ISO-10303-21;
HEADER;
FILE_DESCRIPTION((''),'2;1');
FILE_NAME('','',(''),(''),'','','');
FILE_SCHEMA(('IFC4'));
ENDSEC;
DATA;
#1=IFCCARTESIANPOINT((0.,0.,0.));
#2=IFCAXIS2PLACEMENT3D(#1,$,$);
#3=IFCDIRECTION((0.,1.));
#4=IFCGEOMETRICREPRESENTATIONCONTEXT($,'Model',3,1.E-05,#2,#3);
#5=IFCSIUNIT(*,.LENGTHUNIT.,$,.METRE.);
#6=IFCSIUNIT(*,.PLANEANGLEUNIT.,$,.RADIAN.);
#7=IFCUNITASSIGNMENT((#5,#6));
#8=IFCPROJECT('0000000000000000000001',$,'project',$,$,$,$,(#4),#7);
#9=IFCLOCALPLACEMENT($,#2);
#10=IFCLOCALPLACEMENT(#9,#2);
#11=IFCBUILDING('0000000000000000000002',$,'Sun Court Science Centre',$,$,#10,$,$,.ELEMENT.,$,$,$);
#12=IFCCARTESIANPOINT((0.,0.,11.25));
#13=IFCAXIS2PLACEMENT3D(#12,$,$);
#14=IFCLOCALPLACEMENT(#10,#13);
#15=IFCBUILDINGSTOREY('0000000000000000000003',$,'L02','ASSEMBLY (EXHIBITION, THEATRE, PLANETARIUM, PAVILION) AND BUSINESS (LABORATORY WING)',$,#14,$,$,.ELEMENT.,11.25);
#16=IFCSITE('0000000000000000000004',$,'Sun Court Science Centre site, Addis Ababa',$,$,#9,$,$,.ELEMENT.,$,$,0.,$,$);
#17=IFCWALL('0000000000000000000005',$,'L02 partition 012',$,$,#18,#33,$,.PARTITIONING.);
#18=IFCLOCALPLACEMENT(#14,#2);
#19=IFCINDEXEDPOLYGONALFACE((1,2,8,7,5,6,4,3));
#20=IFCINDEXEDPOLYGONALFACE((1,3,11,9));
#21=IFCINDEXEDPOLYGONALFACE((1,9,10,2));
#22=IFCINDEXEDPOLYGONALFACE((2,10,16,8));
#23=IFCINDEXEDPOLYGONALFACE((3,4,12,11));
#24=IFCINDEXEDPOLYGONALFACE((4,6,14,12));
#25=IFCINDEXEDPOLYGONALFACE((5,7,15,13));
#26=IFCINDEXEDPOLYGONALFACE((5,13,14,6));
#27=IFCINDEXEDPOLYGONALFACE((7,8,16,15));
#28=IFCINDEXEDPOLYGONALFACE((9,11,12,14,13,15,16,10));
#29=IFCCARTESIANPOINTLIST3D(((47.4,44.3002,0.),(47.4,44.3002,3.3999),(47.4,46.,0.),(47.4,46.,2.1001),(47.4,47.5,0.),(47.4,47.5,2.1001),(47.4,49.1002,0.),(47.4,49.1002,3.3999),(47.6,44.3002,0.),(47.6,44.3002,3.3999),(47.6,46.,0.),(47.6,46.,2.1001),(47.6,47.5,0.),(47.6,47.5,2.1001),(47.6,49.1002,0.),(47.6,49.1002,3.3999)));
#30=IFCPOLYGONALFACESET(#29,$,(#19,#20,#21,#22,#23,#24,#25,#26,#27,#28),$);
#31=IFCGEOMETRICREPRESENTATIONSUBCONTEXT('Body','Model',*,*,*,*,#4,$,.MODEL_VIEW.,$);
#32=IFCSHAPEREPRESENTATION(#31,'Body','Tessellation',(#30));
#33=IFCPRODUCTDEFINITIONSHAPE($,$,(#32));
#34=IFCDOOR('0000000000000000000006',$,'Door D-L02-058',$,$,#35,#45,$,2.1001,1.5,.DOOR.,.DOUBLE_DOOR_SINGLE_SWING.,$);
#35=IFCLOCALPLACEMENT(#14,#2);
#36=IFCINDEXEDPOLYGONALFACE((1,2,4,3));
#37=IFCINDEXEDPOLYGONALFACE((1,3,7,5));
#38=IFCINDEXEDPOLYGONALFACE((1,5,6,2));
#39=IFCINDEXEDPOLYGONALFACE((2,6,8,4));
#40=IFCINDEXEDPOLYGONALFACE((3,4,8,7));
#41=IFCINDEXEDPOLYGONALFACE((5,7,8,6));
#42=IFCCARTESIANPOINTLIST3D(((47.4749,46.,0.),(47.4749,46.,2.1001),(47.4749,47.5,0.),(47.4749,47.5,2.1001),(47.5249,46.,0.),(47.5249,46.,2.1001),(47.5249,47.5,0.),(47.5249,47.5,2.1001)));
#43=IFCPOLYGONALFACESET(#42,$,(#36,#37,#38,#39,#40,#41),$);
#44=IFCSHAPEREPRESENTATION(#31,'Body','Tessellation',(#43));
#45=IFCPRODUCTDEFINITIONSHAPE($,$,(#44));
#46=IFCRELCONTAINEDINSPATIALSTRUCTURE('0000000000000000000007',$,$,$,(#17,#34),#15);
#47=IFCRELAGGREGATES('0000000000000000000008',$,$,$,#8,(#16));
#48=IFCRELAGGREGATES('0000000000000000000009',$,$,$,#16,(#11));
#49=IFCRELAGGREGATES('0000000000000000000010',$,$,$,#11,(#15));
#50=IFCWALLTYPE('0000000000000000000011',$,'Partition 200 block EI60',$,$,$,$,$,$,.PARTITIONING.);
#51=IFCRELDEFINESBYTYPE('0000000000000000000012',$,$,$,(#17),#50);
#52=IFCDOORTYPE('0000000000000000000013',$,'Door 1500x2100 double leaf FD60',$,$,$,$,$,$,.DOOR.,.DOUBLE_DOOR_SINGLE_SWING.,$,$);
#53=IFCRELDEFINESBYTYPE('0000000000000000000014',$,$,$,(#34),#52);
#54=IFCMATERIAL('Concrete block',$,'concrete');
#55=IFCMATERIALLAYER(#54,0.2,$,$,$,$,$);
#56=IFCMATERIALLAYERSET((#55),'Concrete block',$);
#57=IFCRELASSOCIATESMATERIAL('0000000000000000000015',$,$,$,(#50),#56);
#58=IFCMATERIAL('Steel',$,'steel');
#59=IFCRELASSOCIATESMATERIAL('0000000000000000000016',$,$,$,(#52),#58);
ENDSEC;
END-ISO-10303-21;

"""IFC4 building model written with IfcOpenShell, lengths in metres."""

from ifc_helpers import new_model, si_unit, direction, frame, frame_2d, origin, place, context, subcontext, project, spatial, rectangle, extrude, material, layer, layer_set, type_object, element, fill, save


model = new_model("IFC4")

# Units and contexts
model_context = context("Model", 3, precision=1e-05, world=origin(), true_north=direction((0.0, 1.0)))
body_context = subcontext(model_context, "Body", "Model", "MODEL_VIEW")
ifc_project = project(units=[si_unit("LENGTHUNIT", "METRE"), si_unit("PLANEANGLEUNIT", "RADIAN")], contexts=[model_context])

# Site, building, storey
site_placement = place(None, origin())
site = spatial("IfcSite", under=ifc_project, at=site_placement, Name="Sun Court Science Centre site, Addis Ababa", CompositionType="ELEMENT", RefElevation=0.0)
building_placement = place(site_placement, origin())
building = spatial("IfcBuilding", under=site, at=building_placement, Name="Sun Court Science Centre", CompositionType="ELEMENT")
storey_placement = place(building_placement, frame((0.0, 0.0, 11.25)))
storey = spatial("IfcBuildingStorey", under=building, at=storey_placement, Name="L02", Description="ASSEMBLY (EXHIBITION, THEATRE, PLANETARIUM, PAVILION) AND BUSINESS (LABORATORY WING)", CompositionType="ELEMENT", Elevation=11.25)

# Shared definitions
ifc_material_1 = material(Name="Concrete block", Category="concrete")
ifc_layer_1 = layer(ifc_material_1, 0.2)
ifc_layer_set_1 = layer_set([ifc_layer_1], Name="Concrete block")
wall_type = type_object("IfcWallType", Name="Partition 200 block EI60", PredefinedType="PARTITIONING", material=ifc_layer_set_1)

# Wall, opening, door
wall_1_placement = place(storey_placement, frame((47.5, 49.1001, 0.0), z_axis=(0.0, 0.0, 1.0), x_axis=(0.0, -1.0, 0.0)))
wall_1 = element("IfcWall", 1, at=wall_1_placement, inside=storey, type_object=wall_type, Name="L02 partition 012", PredefinedType="PARTITIONING", context=body_context, shape_type="SweptSolid", body=[
    extrude(rectangle(XDim=4.8, YDim=0.2, at=frame_2d((2.3999, 0.0))), origin(), (0.0, 0.0, 1.0), 3.3999),
])
opening_1_placement = place(wall_1_placement, frame((1.6001, 0.0, 0.0)))
opening_1 = element("IfcOpeningElement", 2, at=opening_1_placement, cuts=wall_1, PredefinedType="OPENING", context=body_context, shape_type="SweptSolid", body=[
    extrude(rectangle(XDim=1.5, YDim=2.1001, at=frame_2d((0.75, 1.05))), frame((0.0, 0.1099, 0.0), z_axis=(0.0, -1.0, 0.0), x_axis=(1.0, 0.0, 0.0)), (0.0, 0.0, 1.0), 0.22),
])
ifc_material_2 = material(Name="Steel", Category="steel")
door_type_1 = type_object("IfcDoorType", Name="Door 1500x2100 double leaf FD60", OperationType="DOUBLE_DOOR_SINGLE_SWING", PredefinedType="DOOR", material=ifc_material_2)
door_1_placement = place(opening_1_placement, origin())
door_1 = element("IfcDoor", 3, at=door_1_placement, inside=storey, type_object=door_type_1, Name="Door D-L02-058", OperationType="DOUBLE_DOOR_SINGLE_SWING", OverallHeight=2.1001, OverallWidth=1.5, PredefinedType="DOOR", context=body_context, shape_type="SweptSolid", body=[
    extrude(rectangle(XDim=1.5, YDim=2.1001, at=frame_2d((0.75, 1.05))), frame((0.0, 0.0249, 0.0), z_axis=(0.0, -1.0, 0.0), x_axis=(1.0, 0.0, 0.0)), (0.0, 0.0, 1.0), 0.05),
])
fill(opening_1, door_1)

save(model, "model.ifc")
